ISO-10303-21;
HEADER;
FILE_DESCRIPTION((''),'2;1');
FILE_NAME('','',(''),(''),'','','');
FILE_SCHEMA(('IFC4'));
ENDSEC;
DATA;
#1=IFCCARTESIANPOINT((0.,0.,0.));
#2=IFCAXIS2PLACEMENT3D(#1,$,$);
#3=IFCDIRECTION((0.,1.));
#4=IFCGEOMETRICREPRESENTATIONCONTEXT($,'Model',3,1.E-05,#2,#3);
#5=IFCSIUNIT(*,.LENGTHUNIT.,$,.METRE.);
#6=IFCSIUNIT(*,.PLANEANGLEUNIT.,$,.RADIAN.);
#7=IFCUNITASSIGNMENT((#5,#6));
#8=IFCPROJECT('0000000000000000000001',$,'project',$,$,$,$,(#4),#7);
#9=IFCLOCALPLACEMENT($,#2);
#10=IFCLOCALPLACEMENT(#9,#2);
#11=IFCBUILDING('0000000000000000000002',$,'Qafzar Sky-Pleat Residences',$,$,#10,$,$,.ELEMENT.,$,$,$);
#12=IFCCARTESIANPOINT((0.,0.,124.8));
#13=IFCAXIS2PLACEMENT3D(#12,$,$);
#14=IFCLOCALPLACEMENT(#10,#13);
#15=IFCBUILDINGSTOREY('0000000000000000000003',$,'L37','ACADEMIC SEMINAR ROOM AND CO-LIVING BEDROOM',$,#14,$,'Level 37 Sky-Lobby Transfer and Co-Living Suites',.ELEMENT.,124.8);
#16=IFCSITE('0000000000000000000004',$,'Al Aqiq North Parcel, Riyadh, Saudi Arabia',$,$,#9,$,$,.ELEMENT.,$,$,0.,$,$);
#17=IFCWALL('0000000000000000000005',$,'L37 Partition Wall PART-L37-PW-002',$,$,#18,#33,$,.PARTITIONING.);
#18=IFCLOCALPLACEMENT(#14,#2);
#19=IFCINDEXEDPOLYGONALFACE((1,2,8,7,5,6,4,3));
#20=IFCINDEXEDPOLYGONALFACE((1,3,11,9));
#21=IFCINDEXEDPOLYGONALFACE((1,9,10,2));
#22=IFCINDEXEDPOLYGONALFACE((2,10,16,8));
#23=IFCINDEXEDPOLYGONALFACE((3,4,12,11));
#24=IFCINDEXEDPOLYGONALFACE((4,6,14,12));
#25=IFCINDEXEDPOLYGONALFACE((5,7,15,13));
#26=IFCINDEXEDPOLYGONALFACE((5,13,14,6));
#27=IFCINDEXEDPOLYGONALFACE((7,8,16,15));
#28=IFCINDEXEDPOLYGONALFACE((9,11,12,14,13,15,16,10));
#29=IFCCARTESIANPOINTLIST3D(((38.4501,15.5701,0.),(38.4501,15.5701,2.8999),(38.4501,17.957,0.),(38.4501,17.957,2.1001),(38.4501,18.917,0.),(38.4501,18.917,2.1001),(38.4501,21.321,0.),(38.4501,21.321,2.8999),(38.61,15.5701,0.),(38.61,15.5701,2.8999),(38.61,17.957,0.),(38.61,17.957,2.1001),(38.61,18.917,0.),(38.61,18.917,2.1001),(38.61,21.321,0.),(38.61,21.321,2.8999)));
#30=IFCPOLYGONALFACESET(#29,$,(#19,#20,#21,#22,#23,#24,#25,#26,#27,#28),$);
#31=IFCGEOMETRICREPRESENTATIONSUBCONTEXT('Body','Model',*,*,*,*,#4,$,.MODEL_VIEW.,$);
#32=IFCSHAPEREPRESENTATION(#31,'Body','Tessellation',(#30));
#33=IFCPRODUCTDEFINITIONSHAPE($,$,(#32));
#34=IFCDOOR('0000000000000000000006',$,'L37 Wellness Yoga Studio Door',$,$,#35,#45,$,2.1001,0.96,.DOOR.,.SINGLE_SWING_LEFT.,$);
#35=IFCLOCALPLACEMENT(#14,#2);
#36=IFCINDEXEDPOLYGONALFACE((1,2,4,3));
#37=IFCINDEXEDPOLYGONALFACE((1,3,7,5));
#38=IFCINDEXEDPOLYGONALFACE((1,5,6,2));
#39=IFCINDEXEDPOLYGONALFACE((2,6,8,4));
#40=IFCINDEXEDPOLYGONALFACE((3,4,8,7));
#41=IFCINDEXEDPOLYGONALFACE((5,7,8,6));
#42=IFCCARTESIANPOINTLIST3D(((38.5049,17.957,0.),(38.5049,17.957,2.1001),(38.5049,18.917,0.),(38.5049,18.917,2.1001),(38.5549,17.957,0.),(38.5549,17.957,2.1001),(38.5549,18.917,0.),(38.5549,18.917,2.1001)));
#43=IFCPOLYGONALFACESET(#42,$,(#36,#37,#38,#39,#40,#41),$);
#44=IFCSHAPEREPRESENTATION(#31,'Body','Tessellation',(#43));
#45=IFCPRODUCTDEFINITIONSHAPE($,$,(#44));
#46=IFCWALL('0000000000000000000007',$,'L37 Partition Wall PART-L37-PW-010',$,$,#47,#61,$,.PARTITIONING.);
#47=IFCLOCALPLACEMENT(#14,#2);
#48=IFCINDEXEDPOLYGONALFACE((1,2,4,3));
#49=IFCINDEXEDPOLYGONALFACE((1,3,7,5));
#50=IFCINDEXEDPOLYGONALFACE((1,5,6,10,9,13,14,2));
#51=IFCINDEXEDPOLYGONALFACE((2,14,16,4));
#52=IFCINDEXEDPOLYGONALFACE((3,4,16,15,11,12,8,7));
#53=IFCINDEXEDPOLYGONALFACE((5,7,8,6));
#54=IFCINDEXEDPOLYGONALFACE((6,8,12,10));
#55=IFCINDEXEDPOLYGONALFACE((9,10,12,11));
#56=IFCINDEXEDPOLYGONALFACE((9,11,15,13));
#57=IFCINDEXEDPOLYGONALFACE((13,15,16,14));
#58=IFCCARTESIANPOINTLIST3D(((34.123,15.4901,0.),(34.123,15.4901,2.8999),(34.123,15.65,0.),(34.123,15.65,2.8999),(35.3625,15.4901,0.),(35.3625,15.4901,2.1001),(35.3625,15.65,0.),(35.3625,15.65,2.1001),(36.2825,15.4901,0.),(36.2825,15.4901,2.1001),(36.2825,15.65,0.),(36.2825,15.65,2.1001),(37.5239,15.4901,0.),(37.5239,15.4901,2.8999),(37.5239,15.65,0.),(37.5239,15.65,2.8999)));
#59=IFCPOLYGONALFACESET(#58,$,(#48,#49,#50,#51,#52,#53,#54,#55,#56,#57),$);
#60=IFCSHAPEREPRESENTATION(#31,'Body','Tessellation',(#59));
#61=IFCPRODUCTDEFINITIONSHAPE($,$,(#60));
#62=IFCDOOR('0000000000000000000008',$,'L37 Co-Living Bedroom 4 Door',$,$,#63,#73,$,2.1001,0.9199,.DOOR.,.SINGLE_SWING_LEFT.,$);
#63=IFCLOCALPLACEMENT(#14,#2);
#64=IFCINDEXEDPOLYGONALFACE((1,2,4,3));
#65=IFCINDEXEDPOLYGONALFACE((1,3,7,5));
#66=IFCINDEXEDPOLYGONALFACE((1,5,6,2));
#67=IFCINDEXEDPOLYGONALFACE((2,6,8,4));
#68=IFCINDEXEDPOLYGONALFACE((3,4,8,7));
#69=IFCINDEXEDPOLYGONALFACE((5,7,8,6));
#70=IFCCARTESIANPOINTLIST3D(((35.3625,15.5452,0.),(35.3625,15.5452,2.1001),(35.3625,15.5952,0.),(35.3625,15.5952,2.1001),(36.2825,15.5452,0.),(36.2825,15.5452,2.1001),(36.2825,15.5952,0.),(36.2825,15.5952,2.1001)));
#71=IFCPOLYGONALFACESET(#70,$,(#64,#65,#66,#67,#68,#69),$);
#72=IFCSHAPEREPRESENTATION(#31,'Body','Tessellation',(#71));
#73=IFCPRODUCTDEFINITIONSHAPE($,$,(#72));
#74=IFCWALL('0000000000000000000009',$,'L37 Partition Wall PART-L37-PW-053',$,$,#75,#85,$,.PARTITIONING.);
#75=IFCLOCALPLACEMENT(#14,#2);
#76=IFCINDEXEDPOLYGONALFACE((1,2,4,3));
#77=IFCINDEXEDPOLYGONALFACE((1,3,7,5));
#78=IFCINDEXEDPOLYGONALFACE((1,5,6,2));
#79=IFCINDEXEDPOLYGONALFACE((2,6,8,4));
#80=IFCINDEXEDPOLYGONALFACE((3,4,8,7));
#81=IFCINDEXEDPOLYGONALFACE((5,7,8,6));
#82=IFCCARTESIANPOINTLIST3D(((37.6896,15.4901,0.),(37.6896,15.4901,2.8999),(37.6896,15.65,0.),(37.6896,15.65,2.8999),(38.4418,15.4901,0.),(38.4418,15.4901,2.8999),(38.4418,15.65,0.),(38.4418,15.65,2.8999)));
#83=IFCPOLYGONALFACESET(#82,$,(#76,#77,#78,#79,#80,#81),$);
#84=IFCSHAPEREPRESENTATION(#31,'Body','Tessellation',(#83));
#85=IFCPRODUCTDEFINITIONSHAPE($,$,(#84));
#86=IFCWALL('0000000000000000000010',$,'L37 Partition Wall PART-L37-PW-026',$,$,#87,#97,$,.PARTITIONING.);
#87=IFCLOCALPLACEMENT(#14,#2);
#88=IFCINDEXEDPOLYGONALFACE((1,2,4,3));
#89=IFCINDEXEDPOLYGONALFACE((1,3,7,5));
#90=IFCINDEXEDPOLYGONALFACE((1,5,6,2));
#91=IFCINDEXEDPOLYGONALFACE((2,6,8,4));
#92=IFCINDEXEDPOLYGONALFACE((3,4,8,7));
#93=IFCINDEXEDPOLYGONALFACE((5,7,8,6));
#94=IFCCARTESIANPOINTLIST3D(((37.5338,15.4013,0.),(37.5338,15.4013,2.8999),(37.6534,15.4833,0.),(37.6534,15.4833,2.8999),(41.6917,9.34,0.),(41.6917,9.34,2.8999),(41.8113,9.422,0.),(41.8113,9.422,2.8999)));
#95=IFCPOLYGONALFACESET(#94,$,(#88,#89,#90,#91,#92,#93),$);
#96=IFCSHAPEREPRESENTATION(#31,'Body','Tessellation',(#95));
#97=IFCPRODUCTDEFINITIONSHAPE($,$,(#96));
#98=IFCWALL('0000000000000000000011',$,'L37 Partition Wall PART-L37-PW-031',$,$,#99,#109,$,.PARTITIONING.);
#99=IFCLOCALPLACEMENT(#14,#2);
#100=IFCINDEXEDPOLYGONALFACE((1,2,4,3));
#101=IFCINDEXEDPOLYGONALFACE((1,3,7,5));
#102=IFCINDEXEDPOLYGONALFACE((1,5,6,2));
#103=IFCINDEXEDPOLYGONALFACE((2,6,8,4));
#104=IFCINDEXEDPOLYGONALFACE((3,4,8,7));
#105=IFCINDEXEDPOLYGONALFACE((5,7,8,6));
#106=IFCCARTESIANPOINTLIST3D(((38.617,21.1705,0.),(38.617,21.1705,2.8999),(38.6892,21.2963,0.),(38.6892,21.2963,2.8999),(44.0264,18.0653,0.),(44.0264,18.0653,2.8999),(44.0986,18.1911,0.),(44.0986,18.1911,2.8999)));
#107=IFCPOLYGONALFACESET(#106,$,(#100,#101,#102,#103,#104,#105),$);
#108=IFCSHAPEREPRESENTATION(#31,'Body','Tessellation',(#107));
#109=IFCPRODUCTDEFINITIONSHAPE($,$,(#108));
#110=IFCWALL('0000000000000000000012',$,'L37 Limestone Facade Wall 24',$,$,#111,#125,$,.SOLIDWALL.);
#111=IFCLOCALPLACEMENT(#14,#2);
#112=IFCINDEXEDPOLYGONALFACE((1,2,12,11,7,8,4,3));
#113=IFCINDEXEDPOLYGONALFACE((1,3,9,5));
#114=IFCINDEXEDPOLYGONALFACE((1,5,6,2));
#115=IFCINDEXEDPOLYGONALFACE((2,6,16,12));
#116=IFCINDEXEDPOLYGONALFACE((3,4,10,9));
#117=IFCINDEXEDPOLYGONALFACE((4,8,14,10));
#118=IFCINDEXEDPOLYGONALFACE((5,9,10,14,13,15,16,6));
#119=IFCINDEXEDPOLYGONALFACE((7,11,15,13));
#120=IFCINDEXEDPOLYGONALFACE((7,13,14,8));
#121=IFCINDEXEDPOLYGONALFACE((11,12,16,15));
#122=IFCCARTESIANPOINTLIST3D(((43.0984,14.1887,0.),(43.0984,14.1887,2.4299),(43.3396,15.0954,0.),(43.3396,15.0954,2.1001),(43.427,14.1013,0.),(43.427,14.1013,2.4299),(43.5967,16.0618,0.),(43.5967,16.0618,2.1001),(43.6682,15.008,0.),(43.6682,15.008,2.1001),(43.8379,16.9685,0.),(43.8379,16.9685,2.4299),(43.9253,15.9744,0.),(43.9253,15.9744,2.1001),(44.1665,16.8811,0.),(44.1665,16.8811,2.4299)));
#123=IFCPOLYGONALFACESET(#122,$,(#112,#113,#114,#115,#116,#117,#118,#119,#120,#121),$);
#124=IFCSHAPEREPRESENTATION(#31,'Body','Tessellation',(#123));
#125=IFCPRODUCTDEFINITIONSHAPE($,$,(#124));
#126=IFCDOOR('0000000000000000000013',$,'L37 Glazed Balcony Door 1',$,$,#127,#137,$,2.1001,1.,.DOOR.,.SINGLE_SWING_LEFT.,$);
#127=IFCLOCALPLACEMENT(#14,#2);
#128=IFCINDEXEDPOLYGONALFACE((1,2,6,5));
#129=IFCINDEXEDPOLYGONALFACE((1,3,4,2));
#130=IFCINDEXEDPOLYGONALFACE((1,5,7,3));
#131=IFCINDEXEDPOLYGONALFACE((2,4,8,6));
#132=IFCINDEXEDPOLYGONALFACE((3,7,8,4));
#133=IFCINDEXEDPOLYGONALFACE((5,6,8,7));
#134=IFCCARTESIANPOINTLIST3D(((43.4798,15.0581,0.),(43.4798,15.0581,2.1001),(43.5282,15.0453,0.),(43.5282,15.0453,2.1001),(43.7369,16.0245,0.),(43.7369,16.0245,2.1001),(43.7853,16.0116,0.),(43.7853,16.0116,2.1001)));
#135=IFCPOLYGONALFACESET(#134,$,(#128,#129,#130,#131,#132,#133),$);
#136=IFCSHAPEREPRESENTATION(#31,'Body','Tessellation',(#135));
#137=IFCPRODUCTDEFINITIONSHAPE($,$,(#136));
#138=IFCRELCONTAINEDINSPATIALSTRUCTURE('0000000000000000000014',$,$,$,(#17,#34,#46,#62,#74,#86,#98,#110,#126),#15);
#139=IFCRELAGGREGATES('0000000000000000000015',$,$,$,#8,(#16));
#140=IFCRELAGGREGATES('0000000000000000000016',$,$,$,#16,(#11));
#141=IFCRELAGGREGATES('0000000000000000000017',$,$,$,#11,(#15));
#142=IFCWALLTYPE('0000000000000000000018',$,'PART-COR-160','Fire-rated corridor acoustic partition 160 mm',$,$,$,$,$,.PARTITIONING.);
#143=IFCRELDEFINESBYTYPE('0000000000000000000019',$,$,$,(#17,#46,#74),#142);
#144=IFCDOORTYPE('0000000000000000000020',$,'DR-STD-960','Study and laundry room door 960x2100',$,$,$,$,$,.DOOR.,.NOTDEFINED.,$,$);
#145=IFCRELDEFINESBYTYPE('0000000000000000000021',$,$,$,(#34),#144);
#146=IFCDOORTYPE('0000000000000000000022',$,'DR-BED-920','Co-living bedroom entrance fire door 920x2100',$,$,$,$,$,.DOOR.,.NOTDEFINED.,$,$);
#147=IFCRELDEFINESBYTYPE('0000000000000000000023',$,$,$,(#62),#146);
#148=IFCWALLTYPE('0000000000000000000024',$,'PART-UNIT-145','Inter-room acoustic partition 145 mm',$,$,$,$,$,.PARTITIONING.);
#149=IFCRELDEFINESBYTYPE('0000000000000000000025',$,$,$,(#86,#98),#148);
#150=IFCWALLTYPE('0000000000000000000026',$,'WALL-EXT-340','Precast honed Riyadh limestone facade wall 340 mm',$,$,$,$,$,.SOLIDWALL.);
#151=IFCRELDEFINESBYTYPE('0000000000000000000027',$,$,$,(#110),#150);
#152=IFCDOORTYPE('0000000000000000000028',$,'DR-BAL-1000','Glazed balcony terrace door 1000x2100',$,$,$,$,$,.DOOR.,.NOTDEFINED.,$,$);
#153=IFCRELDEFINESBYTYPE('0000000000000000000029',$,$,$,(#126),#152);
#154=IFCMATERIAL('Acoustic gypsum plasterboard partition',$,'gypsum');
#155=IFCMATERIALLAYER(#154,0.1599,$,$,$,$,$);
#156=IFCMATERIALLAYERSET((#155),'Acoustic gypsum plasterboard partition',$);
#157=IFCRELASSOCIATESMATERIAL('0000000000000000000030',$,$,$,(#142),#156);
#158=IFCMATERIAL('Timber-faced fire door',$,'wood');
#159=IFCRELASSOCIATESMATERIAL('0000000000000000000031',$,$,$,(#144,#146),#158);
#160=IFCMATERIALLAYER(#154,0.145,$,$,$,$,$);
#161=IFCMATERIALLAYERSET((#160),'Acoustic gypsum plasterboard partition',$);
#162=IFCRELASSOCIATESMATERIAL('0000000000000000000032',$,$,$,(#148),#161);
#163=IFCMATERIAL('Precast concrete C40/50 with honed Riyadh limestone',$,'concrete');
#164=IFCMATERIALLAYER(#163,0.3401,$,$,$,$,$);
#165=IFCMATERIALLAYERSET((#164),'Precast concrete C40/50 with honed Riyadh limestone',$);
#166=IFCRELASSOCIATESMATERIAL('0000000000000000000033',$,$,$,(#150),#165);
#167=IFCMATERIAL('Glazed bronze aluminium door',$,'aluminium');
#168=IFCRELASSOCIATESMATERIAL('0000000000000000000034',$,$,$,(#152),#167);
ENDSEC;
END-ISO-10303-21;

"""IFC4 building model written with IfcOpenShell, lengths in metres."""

from ifc_helpers import new_model, si_unit, direction, frame, frame_2d, origin, place, context, subcontext, project, spatial, rectangle, extrude, source, transform, mapped, material, layer, layer_set, type_object, element, fill, save


model = new_model("IFC4")

# Units and contexts
model_context = context("Model", 3, precision=1e-05, world=origin(), true_north=direction((0.0, 1.0)))
body_context = subcontext(model_context, "Body", "Model", "MODEL_VIEW")
ifc_project = project(units=[si_unit("LENGTHUNIT", "METRE"), si_unit("PLANEANGLEUNIT", "RADIAN")], contexts=[model_context])

# Site, building, storey
site_placement = place(None, origin())
site = spatial("IfcSite", under=ifc_project, at=site_placement, Name="Al Aqiq North Parcel, Riyadh, Saudi Arabia", CompositionType="ELEMENT", RefElevation=0.0)
building_placement = place(site_placement, origin())
building = spatial("IfcBuilding", under=site, at=building_placement, Name="Qafzar Sky-Pleat Residences", CompositionType="ELEMENT")
storey_placement = place(building_placement, frame((0.0, 0.0, 124.8)))
storey = spatial("IfcBuildingStorey", under=building, at=storey_placement, Name="L37", Description="ACADEMIC SEMINAR ROOM AND CO-LIVING BEDROOM", LongName="Level 37 Sky-Lobby Transfer and Co-Living Suites", CompositionType="ELEMENT", Elevation=124.8)

# Walls, openings, doors
ifc_material_1 = material(Name="Acoustic gypsum plasterboard partition", Category="gypsum")
ifc_layer_1 = layer(ifc_material_1, 0.1599)
ifc_layer_set_1 = layer_set([ifc_layer_1], Name="Acoustic gypsum plasterboard partition")
wall_type_1 = type_object("IfcWallType", Name="PART-COR-160", Description="Fire-rated corridor acoustic partition 160 mm", PredefinedType="PARTITIONING", material=ifc_layer_set_1)
wall_1_placement = place(storey_placement, frame((38.53, 21.321, 0.0), z_axis=(0.0, 0.0, 1.0), x_axis=(0.0, -1.0, 0.0)))
wall_1 = element("IfcWall", 1, at=wall_1_placement, inside=storey, type_object=wall_type_1, Name="L37 Partition Wall PART-L37-PW-002", PredefinedType="PARTITIONING", context=body_context, shape_type="SweptSolid", body=[
    extrude(rectangle(XDim=5.751, YDim=0.1599, at=frame_2d((2.8755, 0.0))), origin(), (0.0, 0.0, 1.0), 2.8999),
])
opening_1_placement = place(wall_1_placement, frame((2.4041, 0.0, 0.0)))
opening_1 = element("IfcOpeningElement", 2, at=opening_1_placement, cuts=wall_1, PredefinedType="OPENING", context=body_context, shape_type="SweptSolid", body=[
    extrude(rectangle(XDim=0.96, YDim=2.1001, at=frame_2d((0.48, 1.05))), frame((0.0, 0.0898, 0.0), z_axis=(0.0, -1.0, 0.0), x_axis=(1.0, 0.0, 0.0)), (0.0, 0.0, 1.0), 0.1799),
])
ifc_material_2 = material(Name="Timber-faced fire door", Category="wood")
door_type_1 = type_object("IfcDoorType", Name="DR-STD-960", Description="Study and laundry room door 960x2100", OperationType="NOTDEFINED", PredefinedType="DOOR", material=ifc_material_2)
shared_shape_1 = source(origin(), body_context, "Body", "SweptSolid", [
    extrude(rectangle(XDim=0.96, YDim=2.1001, at=frame_2d((0.48, 1.05))), frame((0.0, 0.0249, 0.0), z_axis=(0.0, -1.0, 0.0), x_axis=(1.0, 0.0, 0.0)), (0.0, 0.0, 1.0), 0.05),
])
door_1_placement = place(opening_1_placement, origin())
door_1 = element("IfcDoor", 3, at=door_1_placement, inside=storey, type_object=door_type_1, Name="L37 Wellness Yoga Studio Door", OperationType="SINGLE_SWING_LEFT", OverallHeight=2.1001, OverallWidth=0.96, PredefinedType="DOOR", context=body_context, shape_type="MappedRepresentation", body=[
    mapped(shared_shape_1, transform((0.0, 0.0, 0.0), x_axis=(1.0, 0.0, 0.0), y_axis=(0.0, 1.0, 0.0), z_axis=(0.0, 0.0, 1.0), scale=1.0)),
])
fill(opening_1, door_1)
wall_2_placement = place(storey_placement, frame((37.5239, 15.5701, 0.0), z_axis=(0.0, 0.0, 1.0), x_axis=(-1.0, 0.0, 0.0)))
wall_2 = element("IfcWall", 4, at=wall_2_placement, inside=storey, type_object=wall_type_1, Name="L37 Partition Wall PART-L37-PW-010", PredefinedType="PARTITIONING", context=body_context, shape_type="SweptSolid", body=[
    extrude(rectangle(XDim=3.4009, YDim=0.1599, at=frame_2d((1.7004, 0.0))), origin(), (0.0, 0.0, 1.0), 2.8999),
])
opening_2_placement = place(wall_2_placement, frame((1.2415, 0.0, 0.0)))
opening_2 = element("IfcOpeningElement", 5, at=opening_2_placement, cuts=wall_2, PredefinedType="OPENING", context=body_context, shape_type="SweptSolid", body=[
    extrude(rectangle(XDim=0.9199, YDim=2.1001, at=frame_2d((0.46, 1.05))), frame((0.0, 0.0898, 0.0), z_axis=(0.0, -1.0, 0.0), x_axis=(1.0, 0.0, 0.0)), (0.0, 0.0, 1.0), 0.1799),
])
door_type_2 = type_object("IfcDoorType", Name="DR-BED-920", Description="Co-living bedroom entrance fire door 920x2100", OperationType="NOTDEFINED", PredefinedType="DOOR", material=ifc_material_2)
shared_shape_2 = source(origin(), body_context, "Body", "SweptSolid", [
    extrude(rectangle(XDim=0.9199, YDim=2.1001, at=frame_2d((0.46, 1.05))), frame((0.0, 0.0249, 0.0), z_axis=(0.0, -1.0, 0.0), x_axis=(1.0, 0.0, 0.0)), (0.0, 0.0, 1.0), 0.05),
])
door_2_placement = place(opening_2_placement, origin())
door_2 = element("IfcDoor", 6, at=door_2_placement, inside=storey, type_object=door_type_2, Name="L37 Co-Living Bedroom 4 Door", OperationType="SINGLE_SWING_LEFT", OverallHeight=2.1001, OverallWidth=0.9199, PredefinedType="DOOR", context=body_context, shape_type="MappedRepresentation", body=[
    mapped(shared_shape_2, transform((0.0, 0.0, 0.0), x_axis=(1.0, 0.0, 0.0), y_axis=(0.0, 1.0, 0.0), z_axis=(0.0, 0.0, 1.0), scale=1.0)),
])
fill(opening_2, door_2)

# Walls
wall_3_placement = place(storey_placement, frame((37.6897, 15.5701, 0.0), z_axis=(0.0, 0.0, 1.0), x_axis=(1.0, 0.0, 0.0)))
element("IfcWall", 7, at=wall_3_placement, inside=storey, type_object=wall_type_1, Name="L37 Partition Wall PART-L37-PW-053", PredefinedType="PARTITIONING", context=body_context, shape_type="SweptSolid", body=[
    extrude(rectangle(XDim=0.7522, YDim=0.1599, at=frame_2d((0.376, 0.0))), origin(), (0.0, 0.0, 1.0), 2.8999),
])
ifc_layer_2 = layer(ifc_material_1, 0.145)
ifc_layer_set_2 = layer_set([ifc_layer_2], Name="Acoustic gypsum plasterboard partition")
wall_type_2 = type_object("IfcWallType", Name="PART-UNIT-145", Description="Inter-room acoustic partition 145 mm", PredefinedType="PARTITIONING", material=ifc_layer_set_2)
wall_4_placement = place(storey_placement, frame((37.5935, 15.4424, 0.0), z_axis=(0.0, 0.0, 1.0), x_axis=(0.565681, -0.824624, 0.0)))
element("IfcWall", 8, at=wall_4_placement, inside=storey, type_object=wall_type_2, Name="L37 Partition Wall PART-L37-PW-026", PredefinedType="PARTITIONING", context=body_context, shape_type="SweptSolid", body=[
    extrude(rectangle(XDim=7.3503, YDim=0.145, at=frame_2d((3.6753, 0.0))), origin(), (0.0, 0.0, 1.0), 2.8999),
])
wall_5_placement = place(storey_placement, frame((38.6531, 21.2334, 0.0), z_axis=(0.0, 0.0, 1.0), x_axis=(0.867266, -0.497845, 0.0)))
element("IfcWall", 9, at=wall_5_placement, inside=storey, type_object=wall_type_2, Name="L37 Partition Wall PART-L37-PW-031", PredefinedType="PARTITIONING", context=body_context, shape_type="SweptSolid", body=[
    extrude(rectangle(XDim=6.2373, YDim=0.145, at=frame_2d((3.1187, 0.0))), origin(), (0.0, 0.0, 1.0), 2.8999),
])

# Wall, opening, door
ifc_material_3 = material(Name="Precast concrete C40/50 with honed Riyadh limestone", Category="concrete")
ifc_layer_3 = layer(ifc_material_3, 0.3401)
ifc_layer_set_3 = layer_set([ifc_layer_3], Name="Precast concrete C40/50 with honed Riyadh limestone")
wall_type_3 = type_object("IfcWallType", Name="WALL-EXT-340", Description="Precast honed Riyadh limestone facade wall 340 mm", PredefinedType="SOLIDWALL", material=ifc_layer_set_3)
wall_6_placement = place(storey_placement, frame((43.2627, 14.145, 0.0), z_axis=(0.0, 0.0, 1.0), x_axis=(0.257087, 0.966388, 0.0)))
wall_6 = element("IfcWall", 10, at=wall_6_placement, inside=storey, type_object=wall_type_3, Name="L37 Limestone Facade Wall 24", PredefinedType="SOLIDWALL", context=body_context, shape_type="SweptSolid", body=[
    extrude(rectangle(XDim=2.8765, YDim=0.3401, at=frame_2d((1.4382, 0.0))), origin(), (0.0, 0.0, 1.0), 2.4299),
])
opening_3_placement = place(wall_6_placement, frame((0.9382, 0.0, 0.0)))
opening_3 = element("IfcOpeningElement", 11, at=opening_3_placement, cuts=wall_6, PredefinedType="OPENING", context=body_context, shape_type="SweptSolid", body=[
    extrude(rectangle(XDim=1.0, YDim=2.1001, at=frame_2d((0.5, 1.05))), frame((0.0, 0.1802, 0.0), z_axis=(0.0, -1.0, 0.0), x_axis=(1.0, 0.0, 0.0)), (0.0, 0.0, 1.0), 0.3601),
])
ifc_material_4 = material(Name="Glazed bronze aluminium door", Category="aluminium")
door_type_3 = type_object("IfcDoorType", Name="DR-BAL-1000", Description="Glazed balcony terrace door 1000x2100", OperationType="NOTDEFINED", PredefinedType="DOOR", material=ifc_material_4)
shared_shape_3 = source(origin(), body_context, "Body", "SweptSolid", [
    extrude(rectangle(XDim=1.0, YDim=2.1001, at=frame_2d((0.5, 1.05))), frame((0.0, 0.0249, 0.0), z_axis=(0.0, -1.0, 0.0), x_axis=(1.0, 0.0, 0.0)), (0.0, 0.0, 1.0), 0.05),
])
door_3_placement = place(opening_3_placement, origin())
door_3 = element("IfcDoor", 12, at=door_3_placement, inside=storey, type_object=door_type_3, Name="L37 Glazed Balcony Door 1", OperationType="SINGLE_SWING_LEFT", OverallHeight=2.1001, OverallWidth=1.0, PredefinedType="DOOR", context=body_context, shape_type="MappedRepresentation", body=[
    mapped(shared_shape_3, transform((0.0, 0.0, 0.0), x_axis=(1.0, 0.0, 0.0), y_axis=(0.0, 1.0, 0.0), z_axis=(0.0, 0.0, 1.0), scale=1.0)),
])
fill(opening_3, door_3)

save(model, "model.ifc")
